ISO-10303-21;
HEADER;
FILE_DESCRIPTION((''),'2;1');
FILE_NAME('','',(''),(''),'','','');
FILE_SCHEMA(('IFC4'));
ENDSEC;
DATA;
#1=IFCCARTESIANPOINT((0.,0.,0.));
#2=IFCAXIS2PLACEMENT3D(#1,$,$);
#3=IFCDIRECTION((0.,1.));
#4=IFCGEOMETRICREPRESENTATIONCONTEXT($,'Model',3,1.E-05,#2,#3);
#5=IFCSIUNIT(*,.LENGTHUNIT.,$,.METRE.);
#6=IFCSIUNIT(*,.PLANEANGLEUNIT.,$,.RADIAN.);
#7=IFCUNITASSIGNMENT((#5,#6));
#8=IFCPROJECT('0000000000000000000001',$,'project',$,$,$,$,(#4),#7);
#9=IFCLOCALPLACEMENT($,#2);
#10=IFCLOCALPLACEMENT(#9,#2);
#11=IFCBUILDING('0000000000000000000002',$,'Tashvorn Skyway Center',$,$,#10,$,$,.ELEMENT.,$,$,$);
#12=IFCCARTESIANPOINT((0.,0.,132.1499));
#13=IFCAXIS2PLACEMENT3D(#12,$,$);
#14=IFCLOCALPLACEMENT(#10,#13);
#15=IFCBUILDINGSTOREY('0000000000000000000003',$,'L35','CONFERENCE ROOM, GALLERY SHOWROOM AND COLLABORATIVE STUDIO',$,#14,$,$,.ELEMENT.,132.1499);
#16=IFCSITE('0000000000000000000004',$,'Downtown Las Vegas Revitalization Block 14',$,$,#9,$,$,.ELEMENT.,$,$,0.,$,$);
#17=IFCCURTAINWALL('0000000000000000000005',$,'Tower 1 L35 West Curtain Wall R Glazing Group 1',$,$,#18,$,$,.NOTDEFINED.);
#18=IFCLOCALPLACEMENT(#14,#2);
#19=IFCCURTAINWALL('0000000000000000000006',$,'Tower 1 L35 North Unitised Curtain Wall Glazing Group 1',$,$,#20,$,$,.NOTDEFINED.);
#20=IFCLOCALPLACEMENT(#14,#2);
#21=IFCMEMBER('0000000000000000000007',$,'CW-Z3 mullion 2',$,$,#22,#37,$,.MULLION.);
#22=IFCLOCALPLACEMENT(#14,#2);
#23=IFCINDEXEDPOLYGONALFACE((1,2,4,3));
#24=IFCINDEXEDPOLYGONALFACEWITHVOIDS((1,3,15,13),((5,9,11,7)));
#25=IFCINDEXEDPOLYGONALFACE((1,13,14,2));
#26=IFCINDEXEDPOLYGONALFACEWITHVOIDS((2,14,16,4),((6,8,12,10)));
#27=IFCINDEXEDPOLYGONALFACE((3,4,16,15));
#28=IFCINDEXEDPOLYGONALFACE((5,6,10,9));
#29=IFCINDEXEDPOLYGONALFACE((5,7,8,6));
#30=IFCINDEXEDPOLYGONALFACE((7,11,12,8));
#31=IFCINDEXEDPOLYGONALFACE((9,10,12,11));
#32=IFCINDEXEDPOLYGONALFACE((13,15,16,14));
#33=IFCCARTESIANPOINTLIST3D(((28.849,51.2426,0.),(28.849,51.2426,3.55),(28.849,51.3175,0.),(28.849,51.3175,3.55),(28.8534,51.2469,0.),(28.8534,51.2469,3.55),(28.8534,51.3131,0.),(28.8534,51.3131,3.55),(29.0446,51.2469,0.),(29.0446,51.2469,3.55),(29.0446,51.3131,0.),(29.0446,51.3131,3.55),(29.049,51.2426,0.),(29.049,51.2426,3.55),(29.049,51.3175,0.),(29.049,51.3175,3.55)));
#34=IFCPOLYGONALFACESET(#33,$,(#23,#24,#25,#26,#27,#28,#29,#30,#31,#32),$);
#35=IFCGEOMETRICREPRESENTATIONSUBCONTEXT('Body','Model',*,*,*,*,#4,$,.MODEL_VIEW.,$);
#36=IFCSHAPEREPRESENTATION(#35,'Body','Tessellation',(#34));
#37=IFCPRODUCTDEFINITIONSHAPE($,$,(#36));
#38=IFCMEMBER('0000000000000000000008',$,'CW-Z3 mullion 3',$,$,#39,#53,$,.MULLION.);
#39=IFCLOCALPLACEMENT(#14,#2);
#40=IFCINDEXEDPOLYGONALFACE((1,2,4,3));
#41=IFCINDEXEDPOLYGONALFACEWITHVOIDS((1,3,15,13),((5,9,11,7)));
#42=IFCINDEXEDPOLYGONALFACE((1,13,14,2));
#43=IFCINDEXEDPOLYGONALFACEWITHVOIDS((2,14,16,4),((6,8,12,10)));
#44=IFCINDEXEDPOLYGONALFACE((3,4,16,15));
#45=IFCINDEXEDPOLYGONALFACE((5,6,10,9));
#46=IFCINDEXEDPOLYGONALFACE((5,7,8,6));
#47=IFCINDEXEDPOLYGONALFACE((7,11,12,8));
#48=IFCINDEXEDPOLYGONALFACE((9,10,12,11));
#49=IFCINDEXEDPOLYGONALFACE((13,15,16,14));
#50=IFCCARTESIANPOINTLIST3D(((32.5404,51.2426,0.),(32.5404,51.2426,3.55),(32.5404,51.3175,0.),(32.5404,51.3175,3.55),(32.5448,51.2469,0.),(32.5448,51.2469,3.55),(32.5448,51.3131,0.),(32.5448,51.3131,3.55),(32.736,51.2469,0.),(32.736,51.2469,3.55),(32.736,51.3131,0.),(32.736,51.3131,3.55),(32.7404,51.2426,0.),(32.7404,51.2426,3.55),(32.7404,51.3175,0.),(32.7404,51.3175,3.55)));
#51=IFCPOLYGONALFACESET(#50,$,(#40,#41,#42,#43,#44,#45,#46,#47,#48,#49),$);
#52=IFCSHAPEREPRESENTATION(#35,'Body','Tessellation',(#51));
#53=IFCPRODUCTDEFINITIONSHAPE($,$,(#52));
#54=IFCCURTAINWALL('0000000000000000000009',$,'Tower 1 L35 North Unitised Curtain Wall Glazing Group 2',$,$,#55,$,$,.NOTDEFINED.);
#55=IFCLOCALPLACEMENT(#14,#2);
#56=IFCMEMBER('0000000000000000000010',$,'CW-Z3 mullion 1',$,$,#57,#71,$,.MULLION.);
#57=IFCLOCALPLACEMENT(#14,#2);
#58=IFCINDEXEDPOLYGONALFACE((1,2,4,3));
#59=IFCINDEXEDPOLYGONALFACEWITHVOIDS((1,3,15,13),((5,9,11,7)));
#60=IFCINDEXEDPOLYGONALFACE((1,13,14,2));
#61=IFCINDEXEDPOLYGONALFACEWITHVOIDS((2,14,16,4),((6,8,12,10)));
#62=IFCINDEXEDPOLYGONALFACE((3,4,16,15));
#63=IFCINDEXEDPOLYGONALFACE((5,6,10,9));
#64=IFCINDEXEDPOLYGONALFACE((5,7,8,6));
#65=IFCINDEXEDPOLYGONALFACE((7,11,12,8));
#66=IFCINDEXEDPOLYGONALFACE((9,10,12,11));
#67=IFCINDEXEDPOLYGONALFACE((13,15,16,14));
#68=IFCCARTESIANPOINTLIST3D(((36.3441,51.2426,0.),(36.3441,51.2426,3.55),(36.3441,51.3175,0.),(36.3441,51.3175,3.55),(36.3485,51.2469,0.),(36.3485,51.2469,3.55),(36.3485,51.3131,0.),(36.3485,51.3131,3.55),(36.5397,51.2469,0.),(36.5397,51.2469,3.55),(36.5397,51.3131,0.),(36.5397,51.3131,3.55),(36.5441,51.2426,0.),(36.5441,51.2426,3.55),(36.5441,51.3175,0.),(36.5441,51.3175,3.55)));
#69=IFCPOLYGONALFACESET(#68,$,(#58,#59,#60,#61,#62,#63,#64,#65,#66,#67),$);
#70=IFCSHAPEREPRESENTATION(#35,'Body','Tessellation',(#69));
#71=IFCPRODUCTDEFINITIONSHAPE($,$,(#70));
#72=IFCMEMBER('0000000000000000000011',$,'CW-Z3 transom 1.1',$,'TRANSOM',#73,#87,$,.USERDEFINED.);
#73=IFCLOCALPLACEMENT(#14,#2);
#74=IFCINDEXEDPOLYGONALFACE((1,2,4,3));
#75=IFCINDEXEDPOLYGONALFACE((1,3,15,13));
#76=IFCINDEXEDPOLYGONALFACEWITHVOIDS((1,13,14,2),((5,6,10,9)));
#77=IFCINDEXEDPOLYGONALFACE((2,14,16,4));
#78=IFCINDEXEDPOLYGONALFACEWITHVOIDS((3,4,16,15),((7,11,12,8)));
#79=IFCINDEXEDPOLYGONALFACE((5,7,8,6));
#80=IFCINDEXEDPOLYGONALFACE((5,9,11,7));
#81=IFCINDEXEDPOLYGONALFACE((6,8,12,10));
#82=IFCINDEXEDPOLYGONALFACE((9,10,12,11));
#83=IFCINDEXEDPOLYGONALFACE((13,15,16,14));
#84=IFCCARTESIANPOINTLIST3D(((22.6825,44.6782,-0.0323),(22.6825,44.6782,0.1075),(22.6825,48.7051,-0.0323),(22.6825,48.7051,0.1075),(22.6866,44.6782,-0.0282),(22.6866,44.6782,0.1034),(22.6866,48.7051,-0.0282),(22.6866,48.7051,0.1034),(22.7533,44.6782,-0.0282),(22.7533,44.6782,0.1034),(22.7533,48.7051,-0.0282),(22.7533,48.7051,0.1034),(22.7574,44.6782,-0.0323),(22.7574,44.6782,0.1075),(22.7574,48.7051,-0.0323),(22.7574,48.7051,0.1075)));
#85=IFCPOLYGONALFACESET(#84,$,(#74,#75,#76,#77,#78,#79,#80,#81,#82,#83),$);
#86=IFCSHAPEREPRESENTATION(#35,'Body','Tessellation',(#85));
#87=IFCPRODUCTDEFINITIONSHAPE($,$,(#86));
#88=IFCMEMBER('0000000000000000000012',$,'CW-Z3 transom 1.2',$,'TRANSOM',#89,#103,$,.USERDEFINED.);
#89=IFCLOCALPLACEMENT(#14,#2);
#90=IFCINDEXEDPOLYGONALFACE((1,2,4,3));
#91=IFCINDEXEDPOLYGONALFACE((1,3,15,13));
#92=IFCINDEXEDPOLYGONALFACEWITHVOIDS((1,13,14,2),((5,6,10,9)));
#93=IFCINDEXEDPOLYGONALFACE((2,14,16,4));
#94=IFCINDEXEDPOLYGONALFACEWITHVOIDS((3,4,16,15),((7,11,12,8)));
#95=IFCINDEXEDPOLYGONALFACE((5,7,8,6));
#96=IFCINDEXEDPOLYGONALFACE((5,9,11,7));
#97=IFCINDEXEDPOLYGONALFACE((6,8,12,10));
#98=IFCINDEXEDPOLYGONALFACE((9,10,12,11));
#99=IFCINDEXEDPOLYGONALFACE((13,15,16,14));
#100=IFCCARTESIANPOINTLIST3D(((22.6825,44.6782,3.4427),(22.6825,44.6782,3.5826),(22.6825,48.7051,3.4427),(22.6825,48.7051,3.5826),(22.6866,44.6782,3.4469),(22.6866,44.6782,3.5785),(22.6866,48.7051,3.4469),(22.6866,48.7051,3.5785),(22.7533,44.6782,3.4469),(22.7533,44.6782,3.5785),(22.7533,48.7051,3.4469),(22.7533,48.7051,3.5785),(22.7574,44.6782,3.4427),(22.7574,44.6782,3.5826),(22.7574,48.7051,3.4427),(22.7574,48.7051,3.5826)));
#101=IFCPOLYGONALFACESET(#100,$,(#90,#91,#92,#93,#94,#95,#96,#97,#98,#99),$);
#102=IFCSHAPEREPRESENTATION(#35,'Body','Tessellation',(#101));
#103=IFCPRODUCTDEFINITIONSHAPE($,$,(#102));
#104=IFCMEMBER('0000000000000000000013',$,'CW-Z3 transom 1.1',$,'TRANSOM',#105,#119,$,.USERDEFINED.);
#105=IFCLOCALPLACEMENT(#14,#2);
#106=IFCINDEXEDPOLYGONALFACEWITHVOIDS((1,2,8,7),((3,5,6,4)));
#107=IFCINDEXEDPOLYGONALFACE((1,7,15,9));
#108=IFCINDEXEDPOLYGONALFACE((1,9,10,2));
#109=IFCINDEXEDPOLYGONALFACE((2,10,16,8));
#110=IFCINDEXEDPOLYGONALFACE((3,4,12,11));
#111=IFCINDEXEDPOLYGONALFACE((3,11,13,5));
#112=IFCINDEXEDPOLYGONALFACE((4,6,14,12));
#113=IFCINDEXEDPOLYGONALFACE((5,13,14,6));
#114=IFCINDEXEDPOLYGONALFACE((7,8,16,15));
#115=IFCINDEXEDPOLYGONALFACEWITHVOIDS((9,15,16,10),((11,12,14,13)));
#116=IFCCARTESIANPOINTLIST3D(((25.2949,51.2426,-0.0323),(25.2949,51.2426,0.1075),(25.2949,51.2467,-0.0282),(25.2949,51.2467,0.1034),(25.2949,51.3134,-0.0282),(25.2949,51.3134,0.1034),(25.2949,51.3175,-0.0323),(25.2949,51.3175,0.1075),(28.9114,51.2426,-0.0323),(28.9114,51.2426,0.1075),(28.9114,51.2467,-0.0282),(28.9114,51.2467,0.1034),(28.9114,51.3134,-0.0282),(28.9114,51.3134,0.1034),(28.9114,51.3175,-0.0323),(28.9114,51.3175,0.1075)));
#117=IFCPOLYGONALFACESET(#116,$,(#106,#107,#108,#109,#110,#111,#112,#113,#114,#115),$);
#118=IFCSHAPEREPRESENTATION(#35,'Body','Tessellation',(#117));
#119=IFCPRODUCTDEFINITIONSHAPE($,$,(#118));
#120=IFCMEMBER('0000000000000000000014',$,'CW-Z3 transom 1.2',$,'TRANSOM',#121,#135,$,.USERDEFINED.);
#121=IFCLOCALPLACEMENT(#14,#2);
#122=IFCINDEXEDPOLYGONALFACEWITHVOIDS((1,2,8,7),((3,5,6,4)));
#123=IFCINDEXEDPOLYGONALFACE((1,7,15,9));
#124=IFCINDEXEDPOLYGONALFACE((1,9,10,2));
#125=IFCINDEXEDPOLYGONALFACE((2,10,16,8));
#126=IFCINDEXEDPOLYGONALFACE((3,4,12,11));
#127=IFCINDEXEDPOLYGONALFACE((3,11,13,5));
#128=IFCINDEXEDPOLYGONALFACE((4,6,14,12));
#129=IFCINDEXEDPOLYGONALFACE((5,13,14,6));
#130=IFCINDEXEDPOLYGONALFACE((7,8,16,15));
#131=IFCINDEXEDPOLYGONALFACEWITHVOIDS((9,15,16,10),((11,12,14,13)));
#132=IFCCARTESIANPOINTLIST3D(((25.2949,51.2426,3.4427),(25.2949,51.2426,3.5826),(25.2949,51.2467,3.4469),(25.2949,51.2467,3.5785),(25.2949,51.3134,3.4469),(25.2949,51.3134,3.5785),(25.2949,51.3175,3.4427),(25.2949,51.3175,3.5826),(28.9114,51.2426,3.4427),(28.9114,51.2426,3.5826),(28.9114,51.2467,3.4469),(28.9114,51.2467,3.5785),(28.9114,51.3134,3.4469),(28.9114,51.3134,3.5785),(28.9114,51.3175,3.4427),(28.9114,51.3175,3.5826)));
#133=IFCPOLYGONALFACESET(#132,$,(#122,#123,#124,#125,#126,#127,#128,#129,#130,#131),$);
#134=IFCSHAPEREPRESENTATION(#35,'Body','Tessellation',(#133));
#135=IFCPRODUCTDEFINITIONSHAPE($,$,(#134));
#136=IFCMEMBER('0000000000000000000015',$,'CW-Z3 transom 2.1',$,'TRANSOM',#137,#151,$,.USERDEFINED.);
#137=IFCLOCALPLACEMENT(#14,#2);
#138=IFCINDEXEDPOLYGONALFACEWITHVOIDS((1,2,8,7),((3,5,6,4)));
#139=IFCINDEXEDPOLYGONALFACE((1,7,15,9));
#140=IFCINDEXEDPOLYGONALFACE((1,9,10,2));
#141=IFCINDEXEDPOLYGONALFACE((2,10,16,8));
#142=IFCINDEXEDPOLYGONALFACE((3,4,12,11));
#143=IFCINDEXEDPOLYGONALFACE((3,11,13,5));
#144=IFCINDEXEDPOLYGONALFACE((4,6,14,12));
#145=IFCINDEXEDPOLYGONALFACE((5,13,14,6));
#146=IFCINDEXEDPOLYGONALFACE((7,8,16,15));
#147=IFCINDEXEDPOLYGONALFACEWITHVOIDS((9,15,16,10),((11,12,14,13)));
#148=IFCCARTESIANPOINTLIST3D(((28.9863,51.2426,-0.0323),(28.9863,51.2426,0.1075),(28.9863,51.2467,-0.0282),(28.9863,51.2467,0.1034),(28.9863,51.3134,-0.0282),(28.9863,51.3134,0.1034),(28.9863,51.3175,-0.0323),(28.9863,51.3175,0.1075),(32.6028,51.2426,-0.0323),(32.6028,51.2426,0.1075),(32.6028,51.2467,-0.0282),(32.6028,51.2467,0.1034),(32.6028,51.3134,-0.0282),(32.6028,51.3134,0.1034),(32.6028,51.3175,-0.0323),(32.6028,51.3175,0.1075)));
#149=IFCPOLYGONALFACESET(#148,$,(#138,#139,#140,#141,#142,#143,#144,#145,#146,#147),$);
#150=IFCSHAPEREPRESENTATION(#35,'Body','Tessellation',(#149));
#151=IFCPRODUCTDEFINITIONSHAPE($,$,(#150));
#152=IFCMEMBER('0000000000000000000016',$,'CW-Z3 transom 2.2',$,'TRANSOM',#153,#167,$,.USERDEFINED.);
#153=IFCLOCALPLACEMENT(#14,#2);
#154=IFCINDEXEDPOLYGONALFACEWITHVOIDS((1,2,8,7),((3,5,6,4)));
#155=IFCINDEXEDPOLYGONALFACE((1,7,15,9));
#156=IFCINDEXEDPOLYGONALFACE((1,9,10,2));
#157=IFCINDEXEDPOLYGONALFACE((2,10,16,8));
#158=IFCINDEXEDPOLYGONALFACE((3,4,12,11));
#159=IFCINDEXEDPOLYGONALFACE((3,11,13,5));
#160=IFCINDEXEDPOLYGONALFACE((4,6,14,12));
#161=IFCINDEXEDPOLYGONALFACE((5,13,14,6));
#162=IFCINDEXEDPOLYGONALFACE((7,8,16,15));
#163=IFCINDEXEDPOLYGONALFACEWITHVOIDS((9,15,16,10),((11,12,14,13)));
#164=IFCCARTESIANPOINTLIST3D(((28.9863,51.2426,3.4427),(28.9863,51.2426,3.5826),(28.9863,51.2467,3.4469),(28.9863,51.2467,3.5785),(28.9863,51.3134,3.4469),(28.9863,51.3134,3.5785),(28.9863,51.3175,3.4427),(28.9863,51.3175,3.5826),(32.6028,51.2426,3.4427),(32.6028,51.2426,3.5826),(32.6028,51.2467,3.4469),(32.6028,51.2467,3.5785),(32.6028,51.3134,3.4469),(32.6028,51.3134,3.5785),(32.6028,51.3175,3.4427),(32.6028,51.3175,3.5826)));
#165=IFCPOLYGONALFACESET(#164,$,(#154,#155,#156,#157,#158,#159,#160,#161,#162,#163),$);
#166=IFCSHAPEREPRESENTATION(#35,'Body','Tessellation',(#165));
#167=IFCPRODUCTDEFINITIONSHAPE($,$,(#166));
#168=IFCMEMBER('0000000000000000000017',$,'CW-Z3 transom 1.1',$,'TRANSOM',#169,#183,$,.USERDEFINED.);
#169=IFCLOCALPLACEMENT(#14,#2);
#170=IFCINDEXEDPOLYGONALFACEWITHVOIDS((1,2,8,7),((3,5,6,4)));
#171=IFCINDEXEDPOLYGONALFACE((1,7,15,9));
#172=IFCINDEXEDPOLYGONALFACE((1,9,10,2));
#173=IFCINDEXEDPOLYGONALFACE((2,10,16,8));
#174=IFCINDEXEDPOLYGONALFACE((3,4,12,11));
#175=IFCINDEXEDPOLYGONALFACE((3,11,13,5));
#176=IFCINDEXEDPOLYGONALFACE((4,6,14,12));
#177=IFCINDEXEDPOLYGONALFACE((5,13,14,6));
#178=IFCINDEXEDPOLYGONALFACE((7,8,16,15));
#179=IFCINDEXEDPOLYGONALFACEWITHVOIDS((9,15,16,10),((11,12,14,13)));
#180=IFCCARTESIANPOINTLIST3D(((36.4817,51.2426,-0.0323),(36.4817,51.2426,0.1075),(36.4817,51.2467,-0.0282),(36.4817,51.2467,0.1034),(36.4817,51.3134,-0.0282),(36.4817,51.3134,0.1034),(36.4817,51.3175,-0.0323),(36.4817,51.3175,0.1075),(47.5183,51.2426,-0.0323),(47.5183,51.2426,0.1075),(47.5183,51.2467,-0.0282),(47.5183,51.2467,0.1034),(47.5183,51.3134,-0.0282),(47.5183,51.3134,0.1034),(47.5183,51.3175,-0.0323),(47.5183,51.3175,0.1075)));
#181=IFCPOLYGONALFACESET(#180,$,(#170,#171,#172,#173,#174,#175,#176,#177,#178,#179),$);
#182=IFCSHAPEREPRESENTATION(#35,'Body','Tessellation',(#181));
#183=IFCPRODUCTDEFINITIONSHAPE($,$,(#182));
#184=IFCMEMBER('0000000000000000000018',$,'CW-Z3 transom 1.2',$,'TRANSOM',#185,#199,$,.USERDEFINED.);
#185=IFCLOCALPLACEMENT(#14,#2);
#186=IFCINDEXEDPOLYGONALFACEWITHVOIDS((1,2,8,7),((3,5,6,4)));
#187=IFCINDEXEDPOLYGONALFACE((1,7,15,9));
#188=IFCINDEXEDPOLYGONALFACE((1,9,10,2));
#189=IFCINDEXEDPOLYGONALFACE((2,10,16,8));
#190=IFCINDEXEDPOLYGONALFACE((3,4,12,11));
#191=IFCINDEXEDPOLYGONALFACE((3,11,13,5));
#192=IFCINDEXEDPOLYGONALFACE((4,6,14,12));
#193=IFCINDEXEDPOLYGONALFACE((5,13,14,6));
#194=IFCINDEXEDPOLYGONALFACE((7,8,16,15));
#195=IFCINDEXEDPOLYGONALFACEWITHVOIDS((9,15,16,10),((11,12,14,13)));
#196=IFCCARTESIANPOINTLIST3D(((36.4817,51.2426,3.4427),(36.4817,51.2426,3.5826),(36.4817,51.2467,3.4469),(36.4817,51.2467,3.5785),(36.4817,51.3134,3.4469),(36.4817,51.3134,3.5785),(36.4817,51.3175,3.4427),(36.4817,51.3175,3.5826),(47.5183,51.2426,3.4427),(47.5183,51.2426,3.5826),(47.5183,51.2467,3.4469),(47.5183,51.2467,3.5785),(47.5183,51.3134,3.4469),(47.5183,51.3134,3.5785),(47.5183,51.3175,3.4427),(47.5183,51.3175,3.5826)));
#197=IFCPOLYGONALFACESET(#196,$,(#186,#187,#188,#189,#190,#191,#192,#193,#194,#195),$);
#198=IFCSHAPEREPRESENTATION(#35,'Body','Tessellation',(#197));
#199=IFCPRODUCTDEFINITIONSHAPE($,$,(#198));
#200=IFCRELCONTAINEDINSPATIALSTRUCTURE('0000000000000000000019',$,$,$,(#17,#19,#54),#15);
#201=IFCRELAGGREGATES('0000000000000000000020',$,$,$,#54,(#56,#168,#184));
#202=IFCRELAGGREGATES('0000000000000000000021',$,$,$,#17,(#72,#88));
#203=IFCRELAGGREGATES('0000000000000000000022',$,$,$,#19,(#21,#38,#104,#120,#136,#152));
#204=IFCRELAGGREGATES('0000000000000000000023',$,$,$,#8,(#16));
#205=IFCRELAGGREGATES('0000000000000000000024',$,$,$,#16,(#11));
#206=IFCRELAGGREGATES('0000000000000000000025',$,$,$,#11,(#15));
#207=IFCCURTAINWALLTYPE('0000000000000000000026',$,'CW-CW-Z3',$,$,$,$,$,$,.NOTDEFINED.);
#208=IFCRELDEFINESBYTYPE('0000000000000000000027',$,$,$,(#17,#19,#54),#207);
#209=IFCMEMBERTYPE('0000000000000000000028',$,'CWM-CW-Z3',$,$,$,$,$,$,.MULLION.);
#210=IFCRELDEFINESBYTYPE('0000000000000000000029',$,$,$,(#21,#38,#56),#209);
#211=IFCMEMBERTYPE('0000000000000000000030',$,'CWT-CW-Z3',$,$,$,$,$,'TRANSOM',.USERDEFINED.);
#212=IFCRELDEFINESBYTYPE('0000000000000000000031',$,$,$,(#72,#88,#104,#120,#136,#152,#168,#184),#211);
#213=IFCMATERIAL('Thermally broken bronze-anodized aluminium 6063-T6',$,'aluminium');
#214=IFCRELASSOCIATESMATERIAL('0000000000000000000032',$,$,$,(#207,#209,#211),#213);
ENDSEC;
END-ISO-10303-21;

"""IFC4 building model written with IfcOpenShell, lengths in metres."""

from ifc_helpers import new_model, si_unit, direction, frame, origin, origin_2d, place, context, subcontext, project, spatial, hollow_rectangle, extrude, material, material_profile, profile_set, type_object, element, aggregate, save


model = new_model("IFC4")

# Units and contexts
model_context = context("Model", 3, precision=1e-05, world=origin(), true_north=direction((0.0, 1.0)))
body_context = subcontext(model_context, "Body", "Model", "MODEL_VIEW")
ifc_project = project(units=[si_unit("LENGTHUNIT", "METRE"), si_unit("PLANEANGLEUNIT", "RADIAN")], contexts=[model_context])

# Site, building, storey
site_placement = place(None, origin())
site = spatial("IfcSite", under=ifc_project, at=site_placement, Name="Downtown Las Vegas Revitalization Block 14", CompositionType="ELEMENT", RefElevation=0.0)
building_placement = place(site_placement, origin())
building = spatial("IfcBuilding", under=site, at=building_placement, Name="Tashvorn Skyway Center", CompositionType="ELEMENT")
storey_placement = place(building_placement, frame((0.0, 0.0, 132.1499)))
storey = spatial("IfcBuildingStorey", under=building, at=storey_placement, Name="L35", Description="CONFERENCE ROOM, GALLERY SHOWROOM AND COLLABORATIVE STUDIO", CompositionType="ELEMENT", Elevation=132.1499)

# Curtain walls, members
ifc_material_1 = material(Name="Thermally broken bronze-anodized aluminium 6063-T6", Category="aluminium")
curtain_wall_type = type_object("IfcCurtainWallType", Name="CW-CW-Z3", PredefinedType="NOTDEFINED", material=ifc_material_1)
curtain_wall_1_placement = place(storey_placement, origin())
curtain_wall_1 = element("IfcCurtainWall", 1, at=curtain_wall_1_placement, inside=storey, type_object=curtain_wall_type, Name="Tower 1 L35 West Curtain Wall R Glazing Group 1", PredefinedType="NOTDEFINED")
ifc_material_profile_1 = material_profile(ifc_material_1, hollow_rectangle(XDim=0.075, YDim=0.2, WallThickness=0.0044, at=origin_2d()), Name="ALU-MULL-75x200")
ifc_profile_set_1 = profile_set([ifc_material_profile_1], Name="Thermally broken bronze-anodized aluminium 6063-T6")
member_type_1 = type_object("IfcMemberType", Name="CWM-CW-Z3", PredefinedType="MULLION", material=ifc_profile_set_1)
curtain_wall_2_placement = place(storey_placement, origin())
curtain_wall_2 = element("IfcCurtainWall", 2, at=curtain_wall_2_placement, inside=storey, type_object=curtain_wall_type, Name="Tower 1 L35 North Unitised Curtain Wall Glazing Group 1", PredefinedType="NOTDEFINED")
member_1_placement = place(storey_placement, frame((28.949, 51.28, 0.0), z_axis=(0.0, 0.0, 1.0), x_axis=(0.0, 1.0, 0.0)))
member_1 = element("IfcMember", 3, at=member_1_placement, type_object=member_type_1, Name="CW-Z3 mullion 2", PredefinedType="MULLION", context=body_context, shape_type="SweptSolid", body=[
    extrude(hollow_rectangle(XDim=0.075, YDim=0.2, WallThickness=0.0044, at=origin_2d()), origin(), (0.0, 0.0, 1.0), 3.55),
])
member_2_placement = place(storey_placement, frame((32.6404, 51.28, 0.0), z_axis=(0.0, 0.0, 1.0), x_axis=(0.0, 1.0, 0.0)))
member_2 = element("IfcMember", 4, at=member_2_placement, type_object=member_type_1, Name="CW-Z3 mullion 3", PredefinedType="MULLION", context=body_context, shape_type="SweptSolid", body=[
    extrude(hollow_rectangle(XDim=0.075, YDim=0.2, WallThickness=0.0044, at=origin_2d()), origin(), (0.0, 0.0, 1.0), 3.55),
])

# Curtain wall, member
curtain_wall_3_placement = place(storey_placement, origin())
curtain_wall_3 = element("IfcCurtainWall", 5, at=curtain_wall_3_placement, inside=storey, type_object=curtain_wall_type, Name="Tower 1 L35 North Unitised Curtain Wall Glazing Group 2", PredefinedType="NOTDEFINED")
member_3_placement = place(storey_placement, frame((36.4441, 51.28, 0.0), z_axis=(0.0, 0.0, 1.0), x_axis=(0.0, 1.0, 0.0)))
member_3 = element("IfcMember", 6, at=member_3_placement, type_object=member_type_1, Name="CW-Z3 mullion 1", PredefinedType="MULLION", context=body_context, shape_type="SweptSolid", body=[
    extrude(hollow_rectangle(XDim=0.075, YDim=0.2, WallThickness=0.0044, at=origin_2d()), origin(), (0.0, 0.0, 1.0), 3.55),
])

# Members
ifc_material_profile_2 = material_profile(ifc_material_1, hollow_rectangle(XDim=0.075, YDim=0.1399, WallThickness=0.0042, at=origin_2d()), Name="ALU-TRAN-75x140")
ifc_profile_set_2 = profile_set([ifc_material_profile_2], Name="Thermally broken bronze-anodized aluminium 6063-T6")
member_type_2 = type_object("IfcMemberType", Name="CWT-CW-Z3", ElementType="TRANSOM", PredefinedType="USERDEFINED", material=ifc_profile_set_2)
member_4_placement = place(storey_placement, frame((22.72, 44.6782, 0.0376), z_axis=(0.0, 1.0, 0.0), x_axis=(-1.0, 0.0, 0.0)))
member_4 = element("IfcMember", 7, at=member_4_placement, type_object=member_type_2, Name="CW-Z3 transom 1.1", ObjectType="TRANSOM", PredefinedType="USERDEFINED", context=body_context, shape_type="SweptSolid", body=[
    extrude(hollow_rectangle(XDim=0.075, YDim=0.1399, WallThickness=0.0042, at=origin_2d()), origin(), (0.0, 0.0, 1.0), 4.0269),
])
member_5_placement = place(storey_placement, frame((22.72, 44.6782, 3.5127), z_axis=(0.0, 1.0, 0.0), x_axis=(-1.0, 0.0, 0.0)))
member_5 = element("IfcMember", 8, at=member_5_placement, type_object=member_type_2, Name="CW-Z3 transom 1.2", ObjectType="TRANSOM", PredefinedType="USERDEFINED", context=body_context, shape_type="SweptSolid", body=[
    extrude(hollow_rectangle(XDim=0.075, YDim=0.1399, WallThickness=0.0042, at=origin_2d()), origin(), (0.0, 0.0, 1.0), 4.0269),
])
member_6_placement = place(storey_placement, frame((25.2949, 51.28, 0.0376), z_axis=(1.0, 0.0, 0.0), x_axis=(0.0, 1.0, 0.0)))
member_6 = element("IfcMember", 9, at=member_6_placement, type_object=member_type_2, Name="CW-Z3 transom 1.1", ObjectType="TRANSOM", PredefinedType="USERDEFINED", context=body_context, shape_type="SweptSolid", body=[
    extrude(hollow_rectangle(XDim=0.075, YDim=0.1399, WallThickness=0.0042, at=origin_2d()), origin(), (0.0, 0.0, 1.0), 3.6165),
])
member_7_placement = place(storey_placement, frame((25.2949, 51.28, 3.5127), z_axis=(1.0, 0.0, 0.0), x_axis=(0.0, 1.0, 0.0)))
member_7 = element("IfcMember", 10, at=member_7_placement, type_object=member_type_2, Name="CW-Z3 transom 1.2", ObjectType="TRANSOM", PredefinedType="USERDEFINED", context=body_context, shape_type="SweptSolid", body=[
    extrude(hollow_rectangle(XDim=0.075, YDim=0.1399, WallThickness=0.0042, at=origin_2d()), origin(), (0.0, 0.0, 1.0), 3.6165),
])
member_8_placement = place(storey_placement, frame((28.9863, 51.28, 0.0376), z_axis=(1.0, 0.0, 0.0), x_axis=(0.0, 1.0, 0.0)))
member_8 = element("IfcMember", 11, at=member_8_placement, type_object=member_type_2, Name="CW-Z3 transom 2.1", ObjectType="TRANSOM", PredefinedType="USERDEFINED", context=body_context, shape_type="SweptSolid", body=[
    extrude(hollow_rectangle(XDim=0.075, YDim=0.1399, WallThickness=0.0042, at=origin_2d()), origin(), (0.0, 0.0, 1.0), 3.6165),
])
member_9_placement = place(storey_placement, frame((28.9863, 51.28, 3.5127), z_axis=(1.0, 0.0, 0.0), x_axis=(0.0, 1.0, 0.0)))
member_9 = element("IfcMember", 12, at=member_9_placement, type_object=member_type_2, Name="CW-Z3 transom 2.2", ObjectType="TRANSOM", PredefinedType="USERDEFINED", context=body_context, shape_type="SweptSolid", body=[
    extrude(hollow_rectangle(XDim=0.075, YDim=0.1399, WallThickness=0.0042, at=origin_2d()), origin(), (0.0, 0.0, 1.0), 3.6165),
])
member_10_placement = place(storey_placement, frame((36.4817, 51.28, 0.0376), z_axis=(1.0, 0.0, 0.0), x_axis=(0.0, 1.0, 0.0)))
member_10 = element("IfcMember", 13, at=member_10_placement, type_object=member_type_2, Name="CW-Z3 transom 1.1", ObjectType="TRANSOM", PredefinedType="USERDEFINED", context=body_context, shape_type="SweptSolid", body=[
    extrude(hollow_rectangle(XDim=0.075, YDim=0.1399, WallThickness=0.0042, at=origin_2d()), origin(), (0.0, 0.0, 1.0), 11.0366),
])
member_11_placement = place(storey_placement, frame((36.4817, 51.28, 3.5127), z_axis=(1.0, 0.0, 0.0), x_axis=(0.0, 1.0, 0.0)))
member_11 = element("IfcMember", 14, at=member_11_placement, type_object=member_type_2, Name="CW-Z3 transom 1.2", ObjectType="TRANSOM", PredefinedType="USERDEFINED", context=body_context, shape_type="SweptSolid", body=[
    extrude(hollow_rectangle(XDim=0.075, YDim=0.1399, WallThickness=0.0042, at=origin_2d()), origin(), (0.0, 0.0, 1.0), 11.0366),
])
aggregate(curtain_wall_3, [member_3, member_10, member_11])

aggregate(curtain_wall_1, [member_4, member_5])
aggregate(curtain_wall_2, [member_1, member_2, member_6, member_7, member_8, member_9])

save(model, "model.ifc")
